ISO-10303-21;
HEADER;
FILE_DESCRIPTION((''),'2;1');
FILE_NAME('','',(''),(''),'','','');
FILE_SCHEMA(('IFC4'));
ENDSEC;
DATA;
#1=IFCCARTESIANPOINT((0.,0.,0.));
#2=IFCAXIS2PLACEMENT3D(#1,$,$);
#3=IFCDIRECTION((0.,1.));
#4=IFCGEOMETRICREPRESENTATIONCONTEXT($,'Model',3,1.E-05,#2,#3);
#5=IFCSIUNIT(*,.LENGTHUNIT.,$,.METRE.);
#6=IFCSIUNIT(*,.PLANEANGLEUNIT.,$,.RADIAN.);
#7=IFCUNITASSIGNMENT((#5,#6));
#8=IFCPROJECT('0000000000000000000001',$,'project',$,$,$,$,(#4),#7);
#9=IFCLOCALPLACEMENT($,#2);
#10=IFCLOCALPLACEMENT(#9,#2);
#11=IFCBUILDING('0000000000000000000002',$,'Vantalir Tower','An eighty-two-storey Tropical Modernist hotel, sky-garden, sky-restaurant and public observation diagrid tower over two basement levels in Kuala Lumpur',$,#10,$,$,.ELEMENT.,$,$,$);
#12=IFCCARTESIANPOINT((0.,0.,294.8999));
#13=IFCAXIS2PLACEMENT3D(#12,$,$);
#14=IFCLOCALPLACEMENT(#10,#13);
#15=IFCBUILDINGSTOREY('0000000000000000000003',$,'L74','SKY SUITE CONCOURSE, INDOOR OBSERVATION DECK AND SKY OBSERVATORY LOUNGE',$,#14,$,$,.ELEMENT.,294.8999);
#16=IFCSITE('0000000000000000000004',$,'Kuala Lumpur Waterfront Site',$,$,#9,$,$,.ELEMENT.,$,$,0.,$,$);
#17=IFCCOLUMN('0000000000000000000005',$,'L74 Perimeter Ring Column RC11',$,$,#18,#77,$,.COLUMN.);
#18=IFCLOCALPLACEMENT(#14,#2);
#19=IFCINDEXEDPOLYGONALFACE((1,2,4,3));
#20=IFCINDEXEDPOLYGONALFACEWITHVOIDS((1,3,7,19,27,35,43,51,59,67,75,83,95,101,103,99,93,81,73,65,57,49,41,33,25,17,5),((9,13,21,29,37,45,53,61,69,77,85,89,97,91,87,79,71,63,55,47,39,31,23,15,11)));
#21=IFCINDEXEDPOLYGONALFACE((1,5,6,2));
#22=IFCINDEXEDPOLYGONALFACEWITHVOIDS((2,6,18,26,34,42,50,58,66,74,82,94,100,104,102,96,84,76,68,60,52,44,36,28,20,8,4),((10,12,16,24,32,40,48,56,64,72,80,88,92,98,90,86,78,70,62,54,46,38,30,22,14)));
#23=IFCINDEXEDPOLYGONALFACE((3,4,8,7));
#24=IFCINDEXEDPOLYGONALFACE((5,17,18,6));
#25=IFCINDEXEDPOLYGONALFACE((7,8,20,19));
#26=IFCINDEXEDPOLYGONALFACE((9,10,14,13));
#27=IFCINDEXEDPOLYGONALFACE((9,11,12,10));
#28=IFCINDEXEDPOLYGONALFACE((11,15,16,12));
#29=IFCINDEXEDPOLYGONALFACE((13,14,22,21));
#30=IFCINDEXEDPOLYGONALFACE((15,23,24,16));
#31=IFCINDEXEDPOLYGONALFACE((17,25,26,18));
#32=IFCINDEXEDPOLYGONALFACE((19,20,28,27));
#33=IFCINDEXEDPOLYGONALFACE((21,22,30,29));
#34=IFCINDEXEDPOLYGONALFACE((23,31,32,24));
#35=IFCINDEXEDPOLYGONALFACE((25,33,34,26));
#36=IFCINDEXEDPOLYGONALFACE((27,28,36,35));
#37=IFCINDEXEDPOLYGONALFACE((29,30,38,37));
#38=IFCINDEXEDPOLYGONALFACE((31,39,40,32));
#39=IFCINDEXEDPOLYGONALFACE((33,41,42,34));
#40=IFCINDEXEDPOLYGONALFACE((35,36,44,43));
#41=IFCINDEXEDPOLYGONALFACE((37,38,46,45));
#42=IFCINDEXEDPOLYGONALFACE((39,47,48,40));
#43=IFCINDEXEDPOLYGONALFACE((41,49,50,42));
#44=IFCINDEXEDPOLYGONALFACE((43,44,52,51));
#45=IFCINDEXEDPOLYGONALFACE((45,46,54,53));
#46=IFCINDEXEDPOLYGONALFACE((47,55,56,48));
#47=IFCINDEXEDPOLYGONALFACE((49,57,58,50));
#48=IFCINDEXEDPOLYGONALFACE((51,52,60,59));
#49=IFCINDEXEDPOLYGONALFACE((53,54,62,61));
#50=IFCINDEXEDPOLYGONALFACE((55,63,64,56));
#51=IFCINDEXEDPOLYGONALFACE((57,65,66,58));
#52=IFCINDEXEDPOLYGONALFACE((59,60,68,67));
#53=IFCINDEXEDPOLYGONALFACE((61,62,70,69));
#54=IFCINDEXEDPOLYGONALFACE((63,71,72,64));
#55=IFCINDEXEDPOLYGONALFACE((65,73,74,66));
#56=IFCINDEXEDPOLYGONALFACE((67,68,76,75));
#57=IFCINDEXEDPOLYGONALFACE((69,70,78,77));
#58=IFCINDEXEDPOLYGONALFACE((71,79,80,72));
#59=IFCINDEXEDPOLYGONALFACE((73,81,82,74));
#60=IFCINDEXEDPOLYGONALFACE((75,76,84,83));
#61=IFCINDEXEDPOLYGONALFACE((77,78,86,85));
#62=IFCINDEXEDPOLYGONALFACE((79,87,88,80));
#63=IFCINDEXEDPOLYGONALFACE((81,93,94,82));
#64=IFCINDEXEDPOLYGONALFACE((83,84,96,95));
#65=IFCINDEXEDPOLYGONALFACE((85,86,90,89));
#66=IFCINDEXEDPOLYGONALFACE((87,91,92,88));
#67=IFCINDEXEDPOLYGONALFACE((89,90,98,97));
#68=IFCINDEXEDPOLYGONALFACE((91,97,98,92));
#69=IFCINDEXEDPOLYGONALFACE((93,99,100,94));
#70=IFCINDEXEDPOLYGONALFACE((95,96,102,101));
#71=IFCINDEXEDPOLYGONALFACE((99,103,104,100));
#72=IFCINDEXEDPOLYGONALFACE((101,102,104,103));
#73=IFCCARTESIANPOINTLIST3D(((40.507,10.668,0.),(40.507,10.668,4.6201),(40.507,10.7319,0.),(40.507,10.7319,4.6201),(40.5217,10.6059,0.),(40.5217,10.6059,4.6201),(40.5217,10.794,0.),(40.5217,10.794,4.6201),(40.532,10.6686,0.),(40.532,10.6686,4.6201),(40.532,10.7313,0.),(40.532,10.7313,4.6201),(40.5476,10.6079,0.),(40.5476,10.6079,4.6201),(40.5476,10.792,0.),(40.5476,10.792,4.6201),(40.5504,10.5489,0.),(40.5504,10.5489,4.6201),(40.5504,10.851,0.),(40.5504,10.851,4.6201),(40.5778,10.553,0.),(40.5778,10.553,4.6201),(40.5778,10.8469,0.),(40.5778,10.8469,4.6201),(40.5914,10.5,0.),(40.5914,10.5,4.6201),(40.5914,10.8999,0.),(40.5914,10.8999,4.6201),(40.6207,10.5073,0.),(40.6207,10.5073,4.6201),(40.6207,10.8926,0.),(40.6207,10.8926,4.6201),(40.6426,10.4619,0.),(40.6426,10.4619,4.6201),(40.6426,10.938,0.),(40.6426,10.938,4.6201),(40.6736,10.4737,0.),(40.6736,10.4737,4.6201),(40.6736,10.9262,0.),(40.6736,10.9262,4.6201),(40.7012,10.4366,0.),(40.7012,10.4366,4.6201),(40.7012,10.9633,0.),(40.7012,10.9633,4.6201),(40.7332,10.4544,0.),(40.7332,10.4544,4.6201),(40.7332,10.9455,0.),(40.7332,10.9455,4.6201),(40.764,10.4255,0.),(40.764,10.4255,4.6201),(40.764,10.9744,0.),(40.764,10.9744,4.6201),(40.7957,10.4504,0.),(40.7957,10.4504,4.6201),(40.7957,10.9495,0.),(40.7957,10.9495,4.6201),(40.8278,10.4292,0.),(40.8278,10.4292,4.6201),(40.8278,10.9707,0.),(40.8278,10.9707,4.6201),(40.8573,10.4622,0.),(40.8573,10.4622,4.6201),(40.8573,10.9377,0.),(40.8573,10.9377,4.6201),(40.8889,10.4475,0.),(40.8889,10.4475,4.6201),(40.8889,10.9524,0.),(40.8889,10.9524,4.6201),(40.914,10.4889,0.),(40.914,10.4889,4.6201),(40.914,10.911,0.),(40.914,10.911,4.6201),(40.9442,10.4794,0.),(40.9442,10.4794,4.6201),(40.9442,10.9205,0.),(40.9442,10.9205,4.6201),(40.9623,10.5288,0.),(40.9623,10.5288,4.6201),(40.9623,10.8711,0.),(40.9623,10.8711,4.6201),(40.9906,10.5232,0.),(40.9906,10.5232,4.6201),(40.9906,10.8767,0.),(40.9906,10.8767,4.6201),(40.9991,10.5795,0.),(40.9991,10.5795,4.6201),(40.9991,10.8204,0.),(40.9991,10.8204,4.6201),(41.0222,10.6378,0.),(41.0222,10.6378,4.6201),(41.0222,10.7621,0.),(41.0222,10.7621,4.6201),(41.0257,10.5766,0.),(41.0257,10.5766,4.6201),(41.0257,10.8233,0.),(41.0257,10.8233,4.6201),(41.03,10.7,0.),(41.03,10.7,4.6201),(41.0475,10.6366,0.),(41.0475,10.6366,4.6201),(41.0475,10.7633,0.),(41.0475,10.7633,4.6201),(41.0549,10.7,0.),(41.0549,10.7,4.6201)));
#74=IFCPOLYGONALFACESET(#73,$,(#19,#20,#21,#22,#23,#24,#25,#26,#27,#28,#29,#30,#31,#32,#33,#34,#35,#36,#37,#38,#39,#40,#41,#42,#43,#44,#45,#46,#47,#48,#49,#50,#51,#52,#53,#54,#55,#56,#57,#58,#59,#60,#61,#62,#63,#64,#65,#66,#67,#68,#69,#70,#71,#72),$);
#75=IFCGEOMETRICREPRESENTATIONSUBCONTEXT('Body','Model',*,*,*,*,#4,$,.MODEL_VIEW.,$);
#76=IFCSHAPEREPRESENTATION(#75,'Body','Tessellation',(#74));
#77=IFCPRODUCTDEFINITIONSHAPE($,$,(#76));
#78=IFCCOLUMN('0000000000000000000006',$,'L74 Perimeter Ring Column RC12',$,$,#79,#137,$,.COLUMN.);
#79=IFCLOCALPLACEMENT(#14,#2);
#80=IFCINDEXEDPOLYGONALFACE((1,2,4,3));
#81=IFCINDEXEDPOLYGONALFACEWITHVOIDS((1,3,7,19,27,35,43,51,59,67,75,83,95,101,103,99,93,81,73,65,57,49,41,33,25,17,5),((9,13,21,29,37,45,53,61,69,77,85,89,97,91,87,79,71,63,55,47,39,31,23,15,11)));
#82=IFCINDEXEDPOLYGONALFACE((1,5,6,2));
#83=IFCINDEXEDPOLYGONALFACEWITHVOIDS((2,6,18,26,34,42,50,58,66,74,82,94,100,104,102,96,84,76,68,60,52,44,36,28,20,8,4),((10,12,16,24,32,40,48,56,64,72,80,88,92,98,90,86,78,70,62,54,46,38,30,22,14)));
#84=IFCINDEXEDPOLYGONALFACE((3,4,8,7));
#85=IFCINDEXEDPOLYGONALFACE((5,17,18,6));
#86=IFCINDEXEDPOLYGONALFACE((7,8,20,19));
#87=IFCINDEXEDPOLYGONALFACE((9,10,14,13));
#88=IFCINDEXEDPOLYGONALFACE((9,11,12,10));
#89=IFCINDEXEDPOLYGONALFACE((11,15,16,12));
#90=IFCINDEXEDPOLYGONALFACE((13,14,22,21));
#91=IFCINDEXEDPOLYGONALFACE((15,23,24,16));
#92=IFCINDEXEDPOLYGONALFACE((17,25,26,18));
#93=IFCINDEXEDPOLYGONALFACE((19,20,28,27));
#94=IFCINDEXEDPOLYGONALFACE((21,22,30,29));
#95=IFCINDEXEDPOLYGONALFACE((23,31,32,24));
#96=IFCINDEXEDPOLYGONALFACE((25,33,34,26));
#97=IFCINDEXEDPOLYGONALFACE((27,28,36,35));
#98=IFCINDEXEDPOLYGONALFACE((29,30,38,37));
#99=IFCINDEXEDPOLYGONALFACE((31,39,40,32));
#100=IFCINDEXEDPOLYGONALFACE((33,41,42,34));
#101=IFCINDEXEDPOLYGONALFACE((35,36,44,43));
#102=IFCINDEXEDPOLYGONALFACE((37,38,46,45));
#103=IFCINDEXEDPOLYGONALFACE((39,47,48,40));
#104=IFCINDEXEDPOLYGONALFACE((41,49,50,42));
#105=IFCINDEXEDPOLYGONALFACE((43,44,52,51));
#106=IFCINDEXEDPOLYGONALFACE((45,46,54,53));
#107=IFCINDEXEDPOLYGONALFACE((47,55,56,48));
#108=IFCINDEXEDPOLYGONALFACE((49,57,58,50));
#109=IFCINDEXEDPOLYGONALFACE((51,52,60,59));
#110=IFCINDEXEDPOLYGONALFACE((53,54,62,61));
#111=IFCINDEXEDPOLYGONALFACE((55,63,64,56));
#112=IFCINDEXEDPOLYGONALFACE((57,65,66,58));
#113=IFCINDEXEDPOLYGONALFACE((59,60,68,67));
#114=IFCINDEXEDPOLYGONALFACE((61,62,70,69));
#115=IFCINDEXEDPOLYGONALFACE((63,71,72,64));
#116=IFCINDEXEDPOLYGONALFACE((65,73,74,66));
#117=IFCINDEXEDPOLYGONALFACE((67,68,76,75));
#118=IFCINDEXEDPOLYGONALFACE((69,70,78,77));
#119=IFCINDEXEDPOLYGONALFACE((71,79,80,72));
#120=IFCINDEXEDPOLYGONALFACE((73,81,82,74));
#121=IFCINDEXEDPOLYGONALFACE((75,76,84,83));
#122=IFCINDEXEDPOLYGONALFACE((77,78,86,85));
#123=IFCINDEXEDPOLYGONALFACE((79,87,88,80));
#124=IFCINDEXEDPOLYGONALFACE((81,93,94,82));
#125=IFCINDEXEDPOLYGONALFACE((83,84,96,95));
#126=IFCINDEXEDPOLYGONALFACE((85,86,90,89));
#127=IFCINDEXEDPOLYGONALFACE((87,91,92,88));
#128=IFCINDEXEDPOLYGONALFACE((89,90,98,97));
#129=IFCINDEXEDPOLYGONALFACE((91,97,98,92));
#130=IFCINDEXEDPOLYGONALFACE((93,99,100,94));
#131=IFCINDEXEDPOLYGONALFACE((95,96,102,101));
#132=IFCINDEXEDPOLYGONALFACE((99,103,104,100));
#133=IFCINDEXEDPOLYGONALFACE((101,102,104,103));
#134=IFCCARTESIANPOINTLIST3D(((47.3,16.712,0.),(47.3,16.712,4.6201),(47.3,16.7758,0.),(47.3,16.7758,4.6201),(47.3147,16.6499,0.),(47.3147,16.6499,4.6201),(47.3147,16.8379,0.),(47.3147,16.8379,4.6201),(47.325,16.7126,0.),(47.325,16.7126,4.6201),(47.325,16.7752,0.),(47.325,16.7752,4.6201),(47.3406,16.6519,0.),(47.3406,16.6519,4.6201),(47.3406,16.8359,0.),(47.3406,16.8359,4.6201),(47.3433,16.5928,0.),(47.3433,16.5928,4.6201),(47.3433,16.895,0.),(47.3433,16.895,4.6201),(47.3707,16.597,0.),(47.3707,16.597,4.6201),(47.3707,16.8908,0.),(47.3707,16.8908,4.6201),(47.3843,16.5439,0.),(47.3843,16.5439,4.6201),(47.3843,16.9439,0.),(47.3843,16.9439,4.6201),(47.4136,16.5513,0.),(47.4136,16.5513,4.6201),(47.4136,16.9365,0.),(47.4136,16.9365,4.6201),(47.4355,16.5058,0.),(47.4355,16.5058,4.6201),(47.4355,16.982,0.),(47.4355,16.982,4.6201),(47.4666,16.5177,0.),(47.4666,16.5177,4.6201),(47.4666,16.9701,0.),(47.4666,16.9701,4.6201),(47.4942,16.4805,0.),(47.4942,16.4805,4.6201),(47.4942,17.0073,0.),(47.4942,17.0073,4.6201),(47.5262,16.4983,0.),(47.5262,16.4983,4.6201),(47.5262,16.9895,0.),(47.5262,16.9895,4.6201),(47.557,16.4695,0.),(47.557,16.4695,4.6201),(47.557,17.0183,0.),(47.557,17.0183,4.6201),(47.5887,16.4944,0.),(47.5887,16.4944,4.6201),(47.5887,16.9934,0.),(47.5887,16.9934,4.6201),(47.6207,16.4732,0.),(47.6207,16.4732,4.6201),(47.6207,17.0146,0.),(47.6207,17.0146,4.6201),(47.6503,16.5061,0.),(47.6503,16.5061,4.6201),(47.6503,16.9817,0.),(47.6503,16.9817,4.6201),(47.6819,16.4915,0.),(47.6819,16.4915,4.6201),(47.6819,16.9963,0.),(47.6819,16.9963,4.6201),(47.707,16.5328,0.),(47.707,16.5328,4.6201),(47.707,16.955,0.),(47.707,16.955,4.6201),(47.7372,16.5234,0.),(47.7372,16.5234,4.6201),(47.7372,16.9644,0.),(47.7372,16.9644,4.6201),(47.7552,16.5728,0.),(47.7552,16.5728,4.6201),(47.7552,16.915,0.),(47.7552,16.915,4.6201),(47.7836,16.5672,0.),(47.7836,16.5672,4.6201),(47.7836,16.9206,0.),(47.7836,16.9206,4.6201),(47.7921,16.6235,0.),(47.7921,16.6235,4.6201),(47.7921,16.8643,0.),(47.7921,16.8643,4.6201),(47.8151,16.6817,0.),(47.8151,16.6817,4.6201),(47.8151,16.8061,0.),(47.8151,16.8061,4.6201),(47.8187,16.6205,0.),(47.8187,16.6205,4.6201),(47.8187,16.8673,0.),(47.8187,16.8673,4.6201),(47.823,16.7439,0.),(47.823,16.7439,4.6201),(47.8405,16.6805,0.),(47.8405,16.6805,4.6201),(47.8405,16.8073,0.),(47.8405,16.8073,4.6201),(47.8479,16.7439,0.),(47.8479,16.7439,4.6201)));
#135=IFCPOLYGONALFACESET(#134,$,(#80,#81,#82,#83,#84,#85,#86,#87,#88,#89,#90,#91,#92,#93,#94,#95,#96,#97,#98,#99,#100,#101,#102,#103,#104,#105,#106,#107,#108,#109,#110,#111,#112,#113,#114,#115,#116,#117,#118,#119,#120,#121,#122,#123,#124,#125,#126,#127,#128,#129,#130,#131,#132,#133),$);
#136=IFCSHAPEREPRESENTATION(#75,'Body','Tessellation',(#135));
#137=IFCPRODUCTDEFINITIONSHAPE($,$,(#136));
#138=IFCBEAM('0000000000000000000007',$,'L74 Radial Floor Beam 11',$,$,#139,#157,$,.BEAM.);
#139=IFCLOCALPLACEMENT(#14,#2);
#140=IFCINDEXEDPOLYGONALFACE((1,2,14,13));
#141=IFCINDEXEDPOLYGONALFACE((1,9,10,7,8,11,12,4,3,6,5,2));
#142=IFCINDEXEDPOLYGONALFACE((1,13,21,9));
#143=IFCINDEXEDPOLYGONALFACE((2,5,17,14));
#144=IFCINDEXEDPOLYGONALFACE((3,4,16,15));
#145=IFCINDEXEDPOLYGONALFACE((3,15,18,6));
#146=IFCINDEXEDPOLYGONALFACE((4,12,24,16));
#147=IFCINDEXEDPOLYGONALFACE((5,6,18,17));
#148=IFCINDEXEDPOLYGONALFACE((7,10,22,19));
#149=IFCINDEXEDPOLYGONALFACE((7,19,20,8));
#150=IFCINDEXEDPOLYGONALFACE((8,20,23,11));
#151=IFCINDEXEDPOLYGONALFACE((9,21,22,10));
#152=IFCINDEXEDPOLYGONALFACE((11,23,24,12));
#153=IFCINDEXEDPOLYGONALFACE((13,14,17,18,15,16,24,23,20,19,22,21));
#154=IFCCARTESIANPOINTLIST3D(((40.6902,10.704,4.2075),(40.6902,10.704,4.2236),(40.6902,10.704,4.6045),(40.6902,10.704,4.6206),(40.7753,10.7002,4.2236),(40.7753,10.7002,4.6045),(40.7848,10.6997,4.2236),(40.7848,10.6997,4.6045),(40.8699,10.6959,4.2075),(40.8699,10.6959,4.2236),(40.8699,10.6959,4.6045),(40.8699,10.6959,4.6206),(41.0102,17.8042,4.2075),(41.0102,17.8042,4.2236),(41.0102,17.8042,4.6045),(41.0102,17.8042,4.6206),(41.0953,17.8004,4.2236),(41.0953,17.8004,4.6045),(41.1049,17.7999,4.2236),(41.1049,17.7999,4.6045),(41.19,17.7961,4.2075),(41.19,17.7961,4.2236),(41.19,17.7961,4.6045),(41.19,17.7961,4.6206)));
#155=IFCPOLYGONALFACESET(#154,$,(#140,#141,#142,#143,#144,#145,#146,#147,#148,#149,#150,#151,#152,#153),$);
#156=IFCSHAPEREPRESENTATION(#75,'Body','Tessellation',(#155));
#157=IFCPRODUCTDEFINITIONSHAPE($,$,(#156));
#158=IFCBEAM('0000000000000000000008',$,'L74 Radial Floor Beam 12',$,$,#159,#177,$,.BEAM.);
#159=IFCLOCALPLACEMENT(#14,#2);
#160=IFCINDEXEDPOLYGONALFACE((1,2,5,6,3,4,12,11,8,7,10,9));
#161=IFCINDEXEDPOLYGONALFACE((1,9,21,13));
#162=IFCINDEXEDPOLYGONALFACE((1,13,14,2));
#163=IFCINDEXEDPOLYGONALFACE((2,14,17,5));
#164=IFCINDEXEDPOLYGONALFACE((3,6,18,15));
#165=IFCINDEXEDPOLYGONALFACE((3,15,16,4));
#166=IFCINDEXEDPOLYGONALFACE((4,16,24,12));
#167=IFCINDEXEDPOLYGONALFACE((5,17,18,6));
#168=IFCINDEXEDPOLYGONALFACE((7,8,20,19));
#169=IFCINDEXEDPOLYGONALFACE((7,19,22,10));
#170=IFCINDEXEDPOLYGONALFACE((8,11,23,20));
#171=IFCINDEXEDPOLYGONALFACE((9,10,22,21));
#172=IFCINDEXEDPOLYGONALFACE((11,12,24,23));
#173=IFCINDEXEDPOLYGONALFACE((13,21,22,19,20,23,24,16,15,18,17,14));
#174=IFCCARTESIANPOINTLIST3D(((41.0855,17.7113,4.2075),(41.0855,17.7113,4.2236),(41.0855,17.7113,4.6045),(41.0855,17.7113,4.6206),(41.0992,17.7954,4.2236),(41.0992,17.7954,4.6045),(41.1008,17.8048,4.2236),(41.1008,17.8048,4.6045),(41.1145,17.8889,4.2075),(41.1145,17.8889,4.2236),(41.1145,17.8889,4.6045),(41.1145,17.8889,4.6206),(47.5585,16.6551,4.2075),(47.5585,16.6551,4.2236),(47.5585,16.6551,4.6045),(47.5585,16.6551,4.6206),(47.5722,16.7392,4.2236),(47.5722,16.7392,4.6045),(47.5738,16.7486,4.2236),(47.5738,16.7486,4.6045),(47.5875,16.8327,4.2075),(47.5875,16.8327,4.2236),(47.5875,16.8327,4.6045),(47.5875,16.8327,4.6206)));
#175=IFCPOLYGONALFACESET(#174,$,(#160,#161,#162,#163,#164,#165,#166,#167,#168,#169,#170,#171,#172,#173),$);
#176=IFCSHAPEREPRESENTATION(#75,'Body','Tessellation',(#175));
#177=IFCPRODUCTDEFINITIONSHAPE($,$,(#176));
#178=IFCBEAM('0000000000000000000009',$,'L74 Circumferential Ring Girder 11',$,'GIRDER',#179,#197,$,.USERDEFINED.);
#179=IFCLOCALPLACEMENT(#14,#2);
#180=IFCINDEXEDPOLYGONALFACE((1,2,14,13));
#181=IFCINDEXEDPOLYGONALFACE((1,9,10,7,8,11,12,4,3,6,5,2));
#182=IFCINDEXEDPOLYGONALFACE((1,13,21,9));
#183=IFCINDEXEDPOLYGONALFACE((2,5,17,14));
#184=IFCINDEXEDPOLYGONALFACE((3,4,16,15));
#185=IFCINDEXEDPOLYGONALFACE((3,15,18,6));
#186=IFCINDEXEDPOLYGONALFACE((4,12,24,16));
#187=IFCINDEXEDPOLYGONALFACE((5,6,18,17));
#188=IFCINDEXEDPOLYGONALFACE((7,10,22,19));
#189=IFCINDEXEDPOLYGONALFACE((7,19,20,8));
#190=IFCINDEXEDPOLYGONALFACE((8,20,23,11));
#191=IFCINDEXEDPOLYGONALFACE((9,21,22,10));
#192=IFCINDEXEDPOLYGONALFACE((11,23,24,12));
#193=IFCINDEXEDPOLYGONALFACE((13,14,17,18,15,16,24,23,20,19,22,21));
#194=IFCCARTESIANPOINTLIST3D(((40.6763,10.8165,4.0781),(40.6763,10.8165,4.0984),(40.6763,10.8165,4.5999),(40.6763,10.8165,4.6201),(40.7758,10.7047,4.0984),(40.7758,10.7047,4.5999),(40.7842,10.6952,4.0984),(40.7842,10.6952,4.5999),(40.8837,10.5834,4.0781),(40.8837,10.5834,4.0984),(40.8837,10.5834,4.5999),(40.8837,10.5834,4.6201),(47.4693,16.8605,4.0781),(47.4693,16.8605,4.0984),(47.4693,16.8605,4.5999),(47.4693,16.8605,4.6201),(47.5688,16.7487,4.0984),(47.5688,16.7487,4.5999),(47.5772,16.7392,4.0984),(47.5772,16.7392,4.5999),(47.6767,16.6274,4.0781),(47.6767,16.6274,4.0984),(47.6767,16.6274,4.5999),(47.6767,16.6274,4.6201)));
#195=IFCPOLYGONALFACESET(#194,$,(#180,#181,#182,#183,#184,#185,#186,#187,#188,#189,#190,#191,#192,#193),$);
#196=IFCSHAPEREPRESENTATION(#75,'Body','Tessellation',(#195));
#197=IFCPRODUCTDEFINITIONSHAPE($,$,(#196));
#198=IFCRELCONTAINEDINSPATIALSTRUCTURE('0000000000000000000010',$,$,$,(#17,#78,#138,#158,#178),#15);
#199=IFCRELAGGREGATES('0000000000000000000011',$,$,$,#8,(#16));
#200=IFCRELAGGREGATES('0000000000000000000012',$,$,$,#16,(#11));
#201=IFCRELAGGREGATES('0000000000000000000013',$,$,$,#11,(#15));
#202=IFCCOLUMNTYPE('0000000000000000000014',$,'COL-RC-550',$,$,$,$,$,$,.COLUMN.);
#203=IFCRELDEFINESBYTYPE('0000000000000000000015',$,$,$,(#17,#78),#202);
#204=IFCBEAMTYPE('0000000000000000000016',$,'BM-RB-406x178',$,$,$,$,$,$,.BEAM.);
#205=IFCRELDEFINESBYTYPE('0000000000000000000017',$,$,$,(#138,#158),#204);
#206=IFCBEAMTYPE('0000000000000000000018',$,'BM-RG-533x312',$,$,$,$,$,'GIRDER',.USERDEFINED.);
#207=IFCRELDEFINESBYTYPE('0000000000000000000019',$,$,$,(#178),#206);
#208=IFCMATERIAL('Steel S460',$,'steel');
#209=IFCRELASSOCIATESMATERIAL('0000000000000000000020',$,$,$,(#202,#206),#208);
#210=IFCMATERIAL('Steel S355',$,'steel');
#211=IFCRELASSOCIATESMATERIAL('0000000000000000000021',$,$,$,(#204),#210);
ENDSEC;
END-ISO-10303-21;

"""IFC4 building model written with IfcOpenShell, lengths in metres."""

from ifc_helpers import new_model, si_unit, direction, frame, origin, origin_2d, place, context, subcontext, project, spatial, hollow_circle, i_section, extrude, material, material_profile, profile_set, type_object, element, save


model = new_model("IFC4")

# Units and contexts
model_context = context("Model", 3, precision=1e-05, world=origin(), true_north=direction((0.0, 1.0)))
body_context = subcontext(model_context, "Body", "Model", "MODEL_VIEW")
ifc_project = project(units=[si_unit("LENGTHUNIT", "METRE"), si_unit("PLANEANGLEUNIT", "RADIAN")], contexts=[model_context])

# Site, building, storey
site_placement = place(None, origin())
site = spatial("IfcSite", under=ifc_project, at=site_placement, Name="Kuala Lumpur Waterfront Site", CompositionType="ELEMENT", RefElevation=0.0)
building_placement = place(site_placement, origin())
building = spatial("IfcBuilding", under=site, at=building_placement, Name="Vantalir Tower", Description="An eighty-two-storey Tropical Modernist hotel, sky-garden, sky-restaurant and public observation diagrid tower over two basement levels in Kuala Lumpur", CompositionType="ELEMENT")
storey_placement = place(building_placement, frame((0.0, 0.0, 294.8999)))
storey = spatial("IfcBuildingStorey", under=building, at=storey_placement, Name="L74", Description="SKY SUITE CONCOURSE, INDOOR OBSERVATION DECK AND SKY OBSERVATORY LOUNGE", CompositionType="ELEMENT", Elevation=294.8999)

# Columns
ifc_material_1 = material(Name="Steel S460", Category="steel")
ifc_material_profile_1 = material_profile(ifc_material_1, hollow_circle(Radius=0.2749, WallThickness=0.0249, at=origin_2d()), Name="Steel S460")
ifc_profile_set_1 = profile_set([ifc_material_profile_1], Name="Steel S460")
column_type = type_object("IfcColumnType", Name="COL-RC-550", PredefinedType="COLUMN", material=ifc_profile_set_1)
for number, where, z_axis, x_axis, name in (
    (1, (40.78, 10.7, 0.0), (0.0, 0.0, 1.0), (1.0, 0.0, 0.0), "L74 Perimeter Ring Column RC11"),
    (2, (47.573, 16.7439, 0.0), (0.0, 0.0, 1.0), (1.0, 0.0, 0.0), "L74 Perimeter Ring Column RC12"),
):
    element("IfcColumn", number, at=place(storey_placement, frame(where, z_axis=z_axis, x_axis=x_axis)), inside=storey, type_object=column_type, Name=name, PredefinedType="COLUMN", context=body_context, shape_type="SweptSolid", body=[
        extrude(hollow_circle(Radius=0.2749, WallThickness=0.0249, at=origin_2d()), origin(), (0.0, 0.0, 1.0), 4.6201),
    ])

# Beams
ifc_material_2 = material(Name="Steel S355", Category="steel")
ifc_material_profile_2 = material_profile(ifc_material_2, i_section(OverallWidth=0.1799, OverallDepth=0.4131, WebThickness=0.0095, FlangeThickness=0.0161, at=origin_2d()), Name="Steel S355")
ifc_profile_set_2 = profile_set([ifc_material_profile_2], Name="Steel S355")
beam_type_1 = type_object("IfcBeamType", Name="BM-RB-406x178", PredefinedType="BEAM", material=ifc_profile_set_2)
beam_1_placement = place(storey_placement, frame((40.78, 10.7, 4.4141), z_axis=(0.045034, 0.998985, 0.0), x_axis=(-0.998985, 0.045034, 0.0)))
element("IfcBeam", 3, at=beam_1_placement, inside=storey, type_object=beam_type_1, Name="L74 Radial Floor Beam 11", PredefinedType="BEAM", context=body_context, shape_type="SweptSolid", body=[
    extrude(i_section(OverallWidth=0.1799, OverallDepth=0.4131, WebThickness=0.0095, FlangeThickness=0.0161, at=origin_2d()), origin(), (0.0, 0.0, 1.0), 7.1074),
])
beam_2_placement = place(storey_placement, frame((47.573, 16.7439, 4.4141), z_axis=(-0.986949, 0.161036, 0.0), x_axis=(-0.161036, -0.986949, 0.0)))
element("IfcBeam", 4, at=beam_2_placement, inside=storey, type_object=beam_type_1, Name="L74 Radial Floor Beam 12", PredefinedType="BEAM", context=body_context, shape_type="SweptSolid", body=[
    extrude(i_section(OverallWidth=0.1799, OverallDepth=0.4131, WebThickness=0.0095, FlangeThickness=0.0161, at=origin_2d()), origin(), (0.0, 0.0, 1.0), 6.5586),
])
ifc_material_profile_3 = material_profile(ifc_material_1, i_section(OverallWidth=0.312, OverallDepth=0.542, WebThickness=0.0127, FlangeThickness=0.0203, at=origin_2d()), Name="Steel S460")
ifc_profile_set_3 = profile_set([ifc_material_profile_3], Name="Steel S460")
beam_type_2 = type_object("IfcBeamType", Name="BM-RG-533x312", ElementType="GIRDER", PredefinedType="USERDEFINED", material=ifc_profile_set_3)
beam_3_placement = place(storey_placement, frame((40.78, 10.7, 4.3491), z_axis=(0.747095, 0.664717, 0.0), x_axis=(-0.664717, 0.747095, 0.0)))
element("IfcBeam", 5, at=beam_3_placement, inside=storey, type_object=beam_type_2, Name="L74 Circumferential Ring Girder 11", ObjectType="GIRDER", PredefinedType="USERDEFINED", context=body_context, shape_type="SweptSolid", body=[
    extrude(i_section(OverallWidth=0.312, OverallDepth=0.542, WebThickness=0.0127, FlangeThickness=0.0203, at=origin_2d()), origin(), (0.0, 0.0, 1.0), 9.0925),
])

save(model, "model.ifc")
